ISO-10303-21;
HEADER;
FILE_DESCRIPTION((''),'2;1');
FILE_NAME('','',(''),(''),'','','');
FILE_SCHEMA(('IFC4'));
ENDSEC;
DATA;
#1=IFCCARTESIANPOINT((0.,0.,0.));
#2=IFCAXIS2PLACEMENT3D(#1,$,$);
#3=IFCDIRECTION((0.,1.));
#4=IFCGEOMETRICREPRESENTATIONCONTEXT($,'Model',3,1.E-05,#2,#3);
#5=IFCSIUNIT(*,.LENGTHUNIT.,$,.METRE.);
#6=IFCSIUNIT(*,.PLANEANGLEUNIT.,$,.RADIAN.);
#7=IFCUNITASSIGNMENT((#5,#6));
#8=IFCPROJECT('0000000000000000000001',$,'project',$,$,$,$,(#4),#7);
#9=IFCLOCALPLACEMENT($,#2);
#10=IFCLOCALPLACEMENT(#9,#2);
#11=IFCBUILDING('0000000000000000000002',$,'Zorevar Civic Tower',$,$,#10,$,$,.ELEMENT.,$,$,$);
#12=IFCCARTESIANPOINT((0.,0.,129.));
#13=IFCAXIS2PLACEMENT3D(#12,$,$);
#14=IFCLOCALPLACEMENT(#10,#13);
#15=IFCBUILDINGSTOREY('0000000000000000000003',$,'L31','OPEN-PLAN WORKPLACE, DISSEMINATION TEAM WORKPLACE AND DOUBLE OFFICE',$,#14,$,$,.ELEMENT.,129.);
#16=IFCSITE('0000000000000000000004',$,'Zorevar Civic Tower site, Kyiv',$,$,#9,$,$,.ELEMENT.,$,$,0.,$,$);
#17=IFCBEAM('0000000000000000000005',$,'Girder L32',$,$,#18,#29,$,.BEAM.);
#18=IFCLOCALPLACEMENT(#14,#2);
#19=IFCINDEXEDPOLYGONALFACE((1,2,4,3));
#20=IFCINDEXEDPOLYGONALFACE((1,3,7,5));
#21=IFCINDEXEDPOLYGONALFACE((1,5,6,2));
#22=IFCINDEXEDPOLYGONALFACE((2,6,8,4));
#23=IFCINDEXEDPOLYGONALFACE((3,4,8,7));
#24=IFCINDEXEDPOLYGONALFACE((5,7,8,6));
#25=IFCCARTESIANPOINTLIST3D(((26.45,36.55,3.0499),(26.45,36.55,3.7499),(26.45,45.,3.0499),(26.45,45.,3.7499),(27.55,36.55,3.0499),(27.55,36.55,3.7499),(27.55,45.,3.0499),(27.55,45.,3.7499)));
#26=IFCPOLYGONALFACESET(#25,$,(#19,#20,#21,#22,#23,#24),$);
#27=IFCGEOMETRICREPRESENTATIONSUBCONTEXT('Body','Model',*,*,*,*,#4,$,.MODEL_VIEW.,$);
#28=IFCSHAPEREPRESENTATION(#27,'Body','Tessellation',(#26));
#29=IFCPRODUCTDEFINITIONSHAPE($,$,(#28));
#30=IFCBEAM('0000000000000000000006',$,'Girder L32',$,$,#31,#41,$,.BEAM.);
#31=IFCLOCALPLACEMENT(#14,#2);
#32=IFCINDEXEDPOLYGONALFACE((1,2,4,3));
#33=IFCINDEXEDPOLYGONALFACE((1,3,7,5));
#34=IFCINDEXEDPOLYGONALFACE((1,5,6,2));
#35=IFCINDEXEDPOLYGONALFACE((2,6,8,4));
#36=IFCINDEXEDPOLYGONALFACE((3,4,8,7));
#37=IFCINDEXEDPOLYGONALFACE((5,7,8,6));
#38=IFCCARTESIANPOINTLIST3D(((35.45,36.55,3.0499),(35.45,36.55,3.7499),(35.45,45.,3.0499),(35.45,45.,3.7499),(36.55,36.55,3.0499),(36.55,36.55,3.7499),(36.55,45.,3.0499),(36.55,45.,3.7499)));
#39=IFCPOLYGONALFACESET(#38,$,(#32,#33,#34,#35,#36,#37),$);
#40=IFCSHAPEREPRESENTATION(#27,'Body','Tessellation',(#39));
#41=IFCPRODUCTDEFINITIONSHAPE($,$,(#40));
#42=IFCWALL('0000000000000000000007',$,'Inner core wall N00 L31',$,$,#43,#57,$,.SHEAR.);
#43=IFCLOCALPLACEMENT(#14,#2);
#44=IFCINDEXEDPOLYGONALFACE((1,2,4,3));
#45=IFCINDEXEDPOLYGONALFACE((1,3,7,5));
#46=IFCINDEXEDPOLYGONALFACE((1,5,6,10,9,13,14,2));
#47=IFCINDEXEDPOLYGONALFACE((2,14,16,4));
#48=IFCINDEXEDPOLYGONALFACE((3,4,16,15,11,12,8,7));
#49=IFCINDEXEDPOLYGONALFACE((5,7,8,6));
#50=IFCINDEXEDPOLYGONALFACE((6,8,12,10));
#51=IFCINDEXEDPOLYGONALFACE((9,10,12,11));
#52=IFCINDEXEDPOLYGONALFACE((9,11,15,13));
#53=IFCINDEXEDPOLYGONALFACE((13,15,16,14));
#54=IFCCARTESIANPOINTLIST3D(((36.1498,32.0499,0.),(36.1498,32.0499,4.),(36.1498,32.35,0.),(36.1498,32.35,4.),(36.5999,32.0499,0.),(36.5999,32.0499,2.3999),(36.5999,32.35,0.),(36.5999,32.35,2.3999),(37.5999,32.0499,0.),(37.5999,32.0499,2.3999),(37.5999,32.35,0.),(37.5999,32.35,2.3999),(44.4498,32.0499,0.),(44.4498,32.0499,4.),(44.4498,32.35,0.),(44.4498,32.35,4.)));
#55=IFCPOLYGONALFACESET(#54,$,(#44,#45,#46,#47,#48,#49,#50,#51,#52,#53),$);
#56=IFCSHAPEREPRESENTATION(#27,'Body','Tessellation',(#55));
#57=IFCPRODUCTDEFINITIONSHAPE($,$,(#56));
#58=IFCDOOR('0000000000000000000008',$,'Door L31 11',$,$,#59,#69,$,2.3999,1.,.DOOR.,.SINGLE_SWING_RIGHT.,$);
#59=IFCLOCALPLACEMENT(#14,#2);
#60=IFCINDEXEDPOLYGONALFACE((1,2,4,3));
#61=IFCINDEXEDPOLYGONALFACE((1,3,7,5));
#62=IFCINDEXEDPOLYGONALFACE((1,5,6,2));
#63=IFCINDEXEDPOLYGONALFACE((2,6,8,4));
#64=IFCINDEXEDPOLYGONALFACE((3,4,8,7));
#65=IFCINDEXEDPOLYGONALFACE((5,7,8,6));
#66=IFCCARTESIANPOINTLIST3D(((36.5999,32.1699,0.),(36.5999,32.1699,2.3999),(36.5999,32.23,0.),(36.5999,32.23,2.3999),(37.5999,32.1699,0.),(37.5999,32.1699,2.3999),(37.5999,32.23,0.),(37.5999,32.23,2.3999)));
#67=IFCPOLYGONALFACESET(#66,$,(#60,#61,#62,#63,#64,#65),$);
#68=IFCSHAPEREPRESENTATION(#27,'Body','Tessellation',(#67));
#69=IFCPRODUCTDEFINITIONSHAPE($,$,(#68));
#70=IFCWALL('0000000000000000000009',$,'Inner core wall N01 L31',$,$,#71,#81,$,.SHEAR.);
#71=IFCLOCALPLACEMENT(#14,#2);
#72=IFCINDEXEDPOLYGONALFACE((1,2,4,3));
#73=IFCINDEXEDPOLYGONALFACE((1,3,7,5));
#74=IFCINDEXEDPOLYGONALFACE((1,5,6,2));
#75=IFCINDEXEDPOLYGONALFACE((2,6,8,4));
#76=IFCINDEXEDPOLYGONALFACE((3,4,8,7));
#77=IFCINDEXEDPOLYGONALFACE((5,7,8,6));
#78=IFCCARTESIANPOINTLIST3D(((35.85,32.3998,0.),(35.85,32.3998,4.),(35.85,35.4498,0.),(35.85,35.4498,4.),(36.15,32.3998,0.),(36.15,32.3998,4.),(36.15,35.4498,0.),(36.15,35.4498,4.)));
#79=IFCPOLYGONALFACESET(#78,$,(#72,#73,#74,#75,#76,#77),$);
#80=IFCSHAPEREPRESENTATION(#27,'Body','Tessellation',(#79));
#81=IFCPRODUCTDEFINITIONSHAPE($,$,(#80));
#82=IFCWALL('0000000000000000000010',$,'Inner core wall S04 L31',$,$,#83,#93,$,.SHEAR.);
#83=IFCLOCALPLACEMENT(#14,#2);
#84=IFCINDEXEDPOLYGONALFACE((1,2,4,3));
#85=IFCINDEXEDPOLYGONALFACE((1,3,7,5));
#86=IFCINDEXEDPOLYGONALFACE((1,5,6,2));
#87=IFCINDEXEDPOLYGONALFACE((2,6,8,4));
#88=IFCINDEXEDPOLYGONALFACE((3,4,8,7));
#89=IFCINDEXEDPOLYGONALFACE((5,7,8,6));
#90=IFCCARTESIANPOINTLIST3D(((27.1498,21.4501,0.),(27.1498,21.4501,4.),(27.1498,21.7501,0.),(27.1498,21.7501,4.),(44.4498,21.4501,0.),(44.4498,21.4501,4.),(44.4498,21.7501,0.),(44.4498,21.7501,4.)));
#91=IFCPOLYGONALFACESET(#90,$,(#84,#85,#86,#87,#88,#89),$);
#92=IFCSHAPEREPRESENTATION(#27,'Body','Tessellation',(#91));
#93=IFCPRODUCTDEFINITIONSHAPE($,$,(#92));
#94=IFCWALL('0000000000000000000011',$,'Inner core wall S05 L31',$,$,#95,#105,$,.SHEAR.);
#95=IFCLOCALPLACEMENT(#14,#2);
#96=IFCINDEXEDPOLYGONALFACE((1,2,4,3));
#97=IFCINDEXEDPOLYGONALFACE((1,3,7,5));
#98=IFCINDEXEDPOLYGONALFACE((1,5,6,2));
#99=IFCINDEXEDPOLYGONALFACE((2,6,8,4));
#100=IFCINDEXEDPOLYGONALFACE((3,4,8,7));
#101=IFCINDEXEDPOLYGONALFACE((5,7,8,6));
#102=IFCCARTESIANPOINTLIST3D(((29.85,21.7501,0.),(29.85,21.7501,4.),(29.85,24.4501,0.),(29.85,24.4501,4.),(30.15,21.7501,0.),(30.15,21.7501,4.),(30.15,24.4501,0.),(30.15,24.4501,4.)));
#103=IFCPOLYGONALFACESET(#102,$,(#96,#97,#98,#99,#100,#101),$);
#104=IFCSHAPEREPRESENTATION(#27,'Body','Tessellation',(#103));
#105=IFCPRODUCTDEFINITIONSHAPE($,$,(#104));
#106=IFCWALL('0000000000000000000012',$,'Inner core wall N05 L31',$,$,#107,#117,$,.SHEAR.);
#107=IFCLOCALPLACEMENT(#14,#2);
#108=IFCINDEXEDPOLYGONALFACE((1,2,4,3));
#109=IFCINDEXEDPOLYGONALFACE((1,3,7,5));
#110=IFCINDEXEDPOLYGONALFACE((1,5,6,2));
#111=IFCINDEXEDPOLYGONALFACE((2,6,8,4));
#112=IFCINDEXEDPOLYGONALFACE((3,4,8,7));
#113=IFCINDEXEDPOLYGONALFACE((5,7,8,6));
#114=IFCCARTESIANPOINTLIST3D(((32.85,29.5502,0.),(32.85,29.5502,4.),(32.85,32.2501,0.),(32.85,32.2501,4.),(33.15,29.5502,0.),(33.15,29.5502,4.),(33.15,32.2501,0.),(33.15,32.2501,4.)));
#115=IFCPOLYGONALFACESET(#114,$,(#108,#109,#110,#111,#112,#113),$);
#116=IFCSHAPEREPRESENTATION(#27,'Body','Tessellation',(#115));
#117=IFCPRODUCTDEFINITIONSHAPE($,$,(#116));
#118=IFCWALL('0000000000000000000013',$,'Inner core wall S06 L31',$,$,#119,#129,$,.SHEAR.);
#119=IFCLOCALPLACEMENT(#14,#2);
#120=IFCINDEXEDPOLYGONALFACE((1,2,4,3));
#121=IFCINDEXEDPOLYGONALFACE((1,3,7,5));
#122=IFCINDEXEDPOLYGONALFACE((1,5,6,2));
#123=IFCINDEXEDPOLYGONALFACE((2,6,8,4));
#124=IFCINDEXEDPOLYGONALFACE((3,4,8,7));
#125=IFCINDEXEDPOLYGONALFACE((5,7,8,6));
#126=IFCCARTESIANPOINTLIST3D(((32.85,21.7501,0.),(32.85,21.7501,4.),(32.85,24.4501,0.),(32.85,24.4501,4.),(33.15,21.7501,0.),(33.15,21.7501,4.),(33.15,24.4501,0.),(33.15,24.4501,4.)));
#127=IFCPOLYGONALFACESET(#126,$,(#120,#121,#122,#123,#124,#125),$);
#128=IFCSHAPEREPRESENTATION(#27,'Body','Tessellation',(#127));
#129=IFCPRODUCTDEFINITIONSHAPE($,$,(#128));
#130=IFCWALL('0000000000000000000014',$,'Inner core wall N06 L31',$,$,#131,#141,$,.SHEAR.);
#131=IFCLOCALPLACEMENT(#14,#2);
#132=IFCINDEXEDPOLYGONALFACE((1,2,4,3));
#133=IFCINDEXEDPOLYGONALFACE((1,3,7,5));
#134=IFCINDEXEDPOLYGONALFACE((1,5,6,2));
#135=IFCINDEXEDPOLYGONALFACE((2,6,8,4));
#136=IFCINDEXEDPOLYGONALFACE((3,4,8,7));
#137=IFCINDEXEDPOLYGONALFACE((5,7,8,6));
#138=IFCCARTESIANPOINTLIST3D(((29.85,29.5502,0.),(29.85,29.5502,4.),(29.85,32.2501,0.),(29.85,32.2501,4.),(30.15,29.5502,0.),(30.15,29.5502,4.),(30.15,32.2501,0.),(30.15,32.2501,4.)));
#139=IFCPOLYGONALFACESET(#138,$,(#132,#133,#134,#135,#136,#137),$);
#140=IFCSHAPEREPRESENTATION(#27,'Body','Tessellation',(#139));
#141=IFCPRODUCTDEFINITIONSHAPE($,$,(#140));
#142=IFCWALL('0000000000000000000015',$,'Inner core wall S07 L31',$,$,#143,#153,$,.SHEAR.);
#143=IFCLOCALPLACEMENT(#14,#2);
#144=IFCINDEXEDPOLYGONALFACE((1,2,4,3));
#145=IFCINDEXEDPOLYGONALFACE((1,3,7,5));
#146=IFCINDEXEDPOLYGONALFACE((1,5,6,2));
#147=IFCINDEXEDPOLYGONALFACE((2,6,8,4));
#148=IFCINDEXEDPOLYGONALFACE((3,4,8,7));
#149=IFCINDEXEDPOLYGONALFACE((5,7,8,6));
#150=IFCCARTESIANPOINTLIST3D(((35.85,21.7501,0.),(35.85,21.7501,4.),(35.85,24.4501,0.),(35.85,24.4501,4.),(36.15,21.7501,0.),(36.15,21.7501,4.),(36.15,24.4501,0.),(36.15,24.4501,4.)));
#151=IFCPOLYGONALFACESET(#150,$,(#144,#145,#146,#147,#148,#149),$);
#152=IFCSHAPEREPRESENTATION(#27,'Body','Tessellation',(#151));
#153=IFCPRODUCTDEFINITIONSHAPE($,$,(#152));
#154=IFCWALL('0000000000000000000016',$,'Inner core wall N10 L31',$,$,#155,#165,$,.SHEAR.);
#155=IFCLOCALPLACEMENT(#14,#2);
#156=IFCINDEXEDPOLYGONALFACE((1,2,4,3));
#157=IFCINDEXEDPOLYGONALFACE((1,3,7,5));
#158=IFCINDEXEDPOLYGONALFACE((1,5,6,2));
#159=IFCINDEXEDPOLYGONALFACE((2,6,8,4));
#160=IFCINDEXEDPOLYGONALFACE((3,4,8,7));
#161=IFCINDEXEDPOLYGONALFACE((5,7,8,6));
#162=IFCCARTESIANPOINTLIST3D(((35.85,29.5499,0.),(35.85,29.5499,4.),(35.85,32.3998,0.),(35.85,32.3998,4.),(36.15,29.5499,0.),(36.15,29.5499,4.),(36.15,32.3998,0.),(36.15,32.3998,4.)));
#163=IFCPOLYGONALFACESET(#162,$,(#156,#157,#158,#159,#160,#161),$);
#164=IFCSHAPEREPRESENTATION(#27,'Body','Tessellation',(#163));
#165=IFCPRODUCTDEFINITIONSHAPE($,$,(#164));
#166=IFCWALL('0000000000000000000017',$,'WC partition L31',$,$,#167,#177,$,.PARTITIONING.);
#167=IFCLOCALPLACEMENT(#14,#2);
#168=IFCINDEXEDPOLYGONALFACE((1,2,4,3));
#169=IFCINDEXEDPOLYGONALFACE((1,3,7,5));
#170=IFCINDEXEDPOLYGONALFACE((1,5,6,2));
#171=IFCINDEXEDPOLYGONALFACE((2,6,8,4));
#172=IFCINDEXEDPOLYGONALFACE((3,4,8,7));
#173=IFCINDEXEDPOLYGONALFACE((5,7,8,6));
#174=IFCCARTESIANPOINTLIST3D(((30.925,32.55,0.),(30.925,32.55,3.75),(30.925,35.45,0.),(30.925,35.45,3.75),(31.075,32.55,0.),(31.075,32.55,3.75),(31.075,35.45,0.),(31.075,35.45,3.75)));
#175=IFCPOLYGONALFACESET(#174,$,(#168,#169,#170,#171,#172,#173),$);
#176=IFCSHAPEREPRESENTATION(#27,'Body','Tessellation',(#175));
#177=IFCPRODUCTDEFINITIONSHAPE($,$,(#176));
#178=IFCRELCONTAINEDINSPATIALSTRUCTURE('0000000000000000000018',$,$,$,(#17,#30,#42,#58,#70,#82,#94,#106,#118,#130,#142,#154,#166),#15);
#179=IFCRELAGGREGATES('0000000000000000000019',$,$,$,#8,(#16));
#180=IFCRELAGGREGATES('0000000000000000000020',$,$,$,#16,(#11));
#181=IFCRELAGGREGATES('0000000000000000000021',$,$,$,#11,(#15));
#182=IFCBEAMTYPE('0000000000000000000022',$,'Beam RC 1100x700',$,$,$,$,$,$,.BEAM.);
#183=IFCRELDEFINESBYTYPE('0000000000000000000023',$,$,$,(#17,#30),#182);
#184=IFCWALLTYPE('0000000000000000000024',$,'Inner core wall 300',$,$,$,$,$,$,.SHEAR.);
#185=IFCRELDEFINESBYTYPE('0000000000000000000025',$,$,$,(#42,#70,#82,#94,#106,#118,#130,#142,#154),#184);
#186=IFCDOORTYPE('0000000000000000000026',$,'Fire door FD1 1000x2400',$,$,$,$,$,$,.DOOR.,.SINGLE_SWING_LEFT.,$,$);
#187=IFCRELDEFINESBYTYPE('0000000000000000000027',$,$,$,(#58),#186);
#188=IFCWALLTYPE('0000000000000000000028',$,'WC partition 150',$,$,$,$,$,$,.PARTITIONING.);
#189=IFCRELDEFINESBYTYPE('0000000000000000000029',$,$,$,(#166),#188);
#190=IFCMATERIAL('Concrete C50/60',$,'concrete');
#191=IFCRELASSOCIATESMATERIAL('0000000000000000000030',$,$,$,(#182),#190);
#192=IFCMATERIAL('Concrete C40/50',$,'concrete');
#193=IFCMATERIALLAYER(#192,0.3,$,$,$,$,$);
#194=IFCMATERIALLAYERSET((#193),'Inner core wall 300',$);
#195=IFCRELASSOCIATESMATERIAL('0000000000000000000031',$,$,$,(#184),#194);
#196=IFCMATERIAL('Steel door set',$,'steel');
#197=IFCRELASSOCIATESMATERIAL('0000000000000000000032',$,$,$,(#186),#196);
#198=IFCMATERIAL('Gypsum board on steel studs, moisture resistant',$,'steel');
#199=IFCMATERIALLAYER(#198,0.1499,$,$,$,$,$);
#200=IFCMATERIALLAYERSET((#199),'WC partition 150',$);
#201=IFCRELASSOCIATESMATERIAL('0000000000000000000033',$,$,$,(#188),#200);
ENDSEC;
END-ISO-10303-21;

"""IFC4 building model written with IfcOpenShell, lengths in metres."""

from ifc_helpers import new_model, si_unit, direction, frame, frame_2d, origin, origin_2d, place, context, subcontext, project, spatial, rectangle, extrude, material, layer, layer_set, material_profile, profile_set, type_object, element, fill, save


model = new_model("IFC4")

# Units and contexts
model_context = context("Model", 3, precision=1e-05, world=origin(), true_north=direction((0.0, 1.0)))
body_context = subcontext(model_context, "Body", "Model", "MODEL_VIEW")
ifc_project = project(units=[si_unit("LENGTHUNIT", "METRE"), si_unit("PLANEANGLEUNIT", "RADIAN")], contexts=[model_context])

# Site, building, storey
site_placement = place(None, origin())
site = spatial("IfcSite", under=ifc_project, at=site_placement, Name="Zorevar Civic Tower site, Kyiv", CompositionType="ELEMENT", RefElevation=0.0)
building_placement = place(site_placement, origin())
building = spatial("IfcBuilding", under=site, at=building_placement, Name="Zorevar Civic Tower", CompositionType="ELEMENT")
storey_placement = place(building_placement, frame((0.0, 0.0, 129.0)))
storey = spatial("IfcBuildingStorey", under=building, at=storey_placement, Name="L31", Description="OPEN-PLAN WORKPLACE, DISSEMINATION TEAM WORKPLACE AND DOUBLE OFFICE", CompositionType="ELEMENT", Elevation=129.0)

# Beams
ifc_material_1 = material(Name="Concrete C50/60", Category="concrete")
ifc_material_profile = material_profile(ifc_material_1, rectangle(XDim=1.1001, YDim=0.7, at=origin_2d()), Name="RC 1100x700")
ifc_profile_set = profile_set([ifc_material_profile], Name="Concrete C50/60")
beam_type = type_object("IfcBeamType", Name="Beam RC 1100x700", PredefinedType="BEAM", material=ifc_profile_set)
for number, where, z_axis, x_axis, name in (
    (1, (27.0, 36.55, 3.3999), (0.0, 1.0, 0.0), (-1.0, 0.0, 0.0), "Girder L32"),
    (2, (36.0, 36.55, 3.3999), (0.0, 1.0, 0.0), (-1.0, 0.0, 0.0), "Girder L32"),
):
    element("IfcBeam", number, at=place(storey_placement, frame(where, z_axis=z_axis, x_axis=x_axis)), inside=storey, type_object=beam_type, Name=name, PredefinedType="BEAM", context=body_context, shape_type="SweptSolid", body=[
        extrude(rectangle(XDim=1.1001, YDim=0.7, at=origin_2d()), origin(), (0.0, 0.0, 1.0), 8.45),
    ])

# Wall, opening, door
ifc_material_2 = material(Name="Concrete C40/50", Category="concrete")
ifc_layer_1 = layer(ifc_material_2, 0.3)
ifc_layer_set_1 = layer_set([ifc_layer_1], Name="Inner core wall 300")
wall_type_1 = type_object("IfcWallType", Name="Inner core wall 300", PredefinedType="SHEAR", material=ifc_layer_set_1)
wall_1_placement = place(storey_placement, frame((36.1499, 32.2, 0.0), z_axis=(0.0, 0.0, 1.0), x_axis=(1.0, 0.0, 0.0)))
wall_1 = element("IfcWall", 3, at=wall_1_placement, inside=storey, type_object=wall_type_1, Name="Inner core wall N00 L31", PredefinedType="SHEAR", context=body_context, shape_type="SweptSolid", body=[
    extrude(rectangle(XDim=8.3, YDim=0.3, at=frame_2d((4.1499, 0.0))), origin(), (0.0, 0.0, 1.0), 4.0),
])
opening_placement = place(wall_1_placement, frame((0.45, 0.0, 0.0)))
opening = element("IfcOpeningElement", 4, at=opening_placement, cuts=wall_1, PredefinedType="OPENING", context=body_context, shape_type="SweptSolid", body=[
    extrude(rectangle(XDim=1.0, YDim=2.3999, at=frame_2d((0.5, 1.2))), frame((0.0, 0.1599, 0.0), z_axis=(0.0, -1.0, 0.0), x_axis=(1.0, 0.0, 0.0)), (0.0, 0.0, 1.0), 0.3201),
])
ifc_material_3 = material(Name="Steel door set", Category="steel")
door_type = type_object("IfcDoorType", Name="Fire door FD1 1000x2400", OperationType="SINGLE_SWING_LEFT", PredefinedType="DOOR", material=ifc_material_3)
door_placement = place(opening_placement, origin())
door = element("IfcDoor", 5, at=door_placement, inside=storey, type_object=door_type, Name="Door L31 11", OperationType="SINGLE_SWING_RIGHT", OverallHeight=2.3999, OverallWidth=1.0, PredefinedType="DOOR", context=body_context, shape_type="SweptSolid", body=[
    extrude(rectangle(XDim=1.0, YDim=2.3999, at=frame_2d((0.5, 1.2))), frame((0.0, 0.03, 0.0), z_axis=(0.0, -1.0, 0.0), x_axis=(1.0, 0.0, 0.0)), (0.0, 0.0, 1.0), 0.0601),
])
fill(opening, door)

# Walls
wall_2_placement = place(storey_placement, frame((36.0, 32.3999, 0.0), z_axis=(0.0, 0.0, 1.0), x_axis=(0.0, 1.0, 0.0)))
element("IfcWall", 6, at=wall_2_placement, inside=storey, type_object=wall_type_1, Name="Inner core wall N01 L31", PredefinedType="SHEAR", context=body_context, shape_type="SweptSolid", body=[
    extrude(rectangle(XDim=3.05, YDim=0.3, at=frame_2d((1.5249, 0.0))), origin(), (0.0, 0.0, 1.0), 4.0),
])
wall_3_placement = place(storey_placement, frame((27.1499, 21.6001, 0.0), z_axis=(0.0, 0.0, 1.0), x_axis=(1.0, 0.0, 0.0)))
element("IfcWall", 7, at=wall_3_placement, inside=storey, type_object=wall_type_1, Name="Inner core wall S04 L31", PredefinedType="SHEAR", context=body_context, shape_type="SweptSolid", body=[
    extrude(rectangle(XDim=17.3, YDim=0.3, at=frame_2d((8.6499, 0.0))), origin(), (0.0, 0.0, 1.0), 4.0),
])
for number, where, z_axis, x_axis, name in (
    (8, (30.0, 21.75, 0.0), (0.0, 0.0, 1.0), (0.0, 1.0, 0.0), "Inner core wall S05 L31"),
    (9, (33.0, 29.55, 0.0), (0.0, 0.0, 1.0), (0.0, 1.0, 0.0), "Inner core wall N05 L31"),
    (10, (33.0, 21.75, 0.0), (0.0, 0.0, 1.0), (0.0, 1.0, 0.0), "Inner core wall S06 L31"),
    (11, (30.0, 29.55, 0.0), (0.0, 0.0, 1.0), (0.0, 1.0, 0.0), "Inner core wall N06 L31"),
    (12, (36.0, 21.75, 0.0), (0.0, 0.0, 1.0), (0.0, 1.0, 0.0), "Inner core wall S07 L31"),
):
    element("IfcWall", number, at=place(storey_placement, frame(where, z_axis=z_axis, x_axis=x_axis)), inside=storey, type_object=wall_type_1, Name=name, PredefinedType="SHEAR", context=body_context, shape_type="SweptSolid", body=[
        extrude(rectangle(XDim=2.7, YDim=0.3, at=frame_2d((1.3501, 0.0))), origin(), (0.0, 0.0, 1.0), 4.0),
    ])
wall_4_placement = place(storey_placement, frame((36.0, 29.55, 0.0), z_axis=(0.0, 0.0, 1.0), x_axis=(0.0, 1.0, 0.0)))
element("IfcWall", 13, at=wall_4_placement, inside=storey, type_object=wall_type_1, Name="Inner core wall N10 L31", PredefinedType="SHEAR", context=body_context, shape_type="SweptSolid", body=[
    extrude(rectangle(XDim=2.8499, YDim=0.3, at=frame_2d((1.4248, 0.0))), origin(), (0.0, 0.0, 1.0), 4.0),
])
ifc_material_4 = material(Name="Gypsum board on steel studs, moisture resistant", Category="steel")
ifc_layer_2 = layer(ifc_material_4, 0.1499)
ifc_layer_set_2 = layer_set([ifc_layer_2], Name="WC partition 150")
wall_type_2 = type_object("IfcWallType", Name="WC partition 150", PredefinedType="PARTITIONING", material=ifc_layer_set_2)
wall_5_placement = place(storey_placement, frame((31.0, 32.55, 0.0), z_axis=(0.0, 0.0, 1.0), x_axis=(0.0, 1.0, 0.0)))
element("IfcWall", 14, at=wall_5_placement, inside=storey, type_object=wall_type_2, Name="WC partition L31", PredefinedType="PARTITIONING", context=body_context, shape_type="SweptSolid", body=[
    extrude(rectangle(XDim=2.8999, YDim=0.1499, at=frame_2d((1.45, 0.0))), origin(), (0.0, 0.0, 1.0), 3.75),
])

save(model, "model.ifc")
